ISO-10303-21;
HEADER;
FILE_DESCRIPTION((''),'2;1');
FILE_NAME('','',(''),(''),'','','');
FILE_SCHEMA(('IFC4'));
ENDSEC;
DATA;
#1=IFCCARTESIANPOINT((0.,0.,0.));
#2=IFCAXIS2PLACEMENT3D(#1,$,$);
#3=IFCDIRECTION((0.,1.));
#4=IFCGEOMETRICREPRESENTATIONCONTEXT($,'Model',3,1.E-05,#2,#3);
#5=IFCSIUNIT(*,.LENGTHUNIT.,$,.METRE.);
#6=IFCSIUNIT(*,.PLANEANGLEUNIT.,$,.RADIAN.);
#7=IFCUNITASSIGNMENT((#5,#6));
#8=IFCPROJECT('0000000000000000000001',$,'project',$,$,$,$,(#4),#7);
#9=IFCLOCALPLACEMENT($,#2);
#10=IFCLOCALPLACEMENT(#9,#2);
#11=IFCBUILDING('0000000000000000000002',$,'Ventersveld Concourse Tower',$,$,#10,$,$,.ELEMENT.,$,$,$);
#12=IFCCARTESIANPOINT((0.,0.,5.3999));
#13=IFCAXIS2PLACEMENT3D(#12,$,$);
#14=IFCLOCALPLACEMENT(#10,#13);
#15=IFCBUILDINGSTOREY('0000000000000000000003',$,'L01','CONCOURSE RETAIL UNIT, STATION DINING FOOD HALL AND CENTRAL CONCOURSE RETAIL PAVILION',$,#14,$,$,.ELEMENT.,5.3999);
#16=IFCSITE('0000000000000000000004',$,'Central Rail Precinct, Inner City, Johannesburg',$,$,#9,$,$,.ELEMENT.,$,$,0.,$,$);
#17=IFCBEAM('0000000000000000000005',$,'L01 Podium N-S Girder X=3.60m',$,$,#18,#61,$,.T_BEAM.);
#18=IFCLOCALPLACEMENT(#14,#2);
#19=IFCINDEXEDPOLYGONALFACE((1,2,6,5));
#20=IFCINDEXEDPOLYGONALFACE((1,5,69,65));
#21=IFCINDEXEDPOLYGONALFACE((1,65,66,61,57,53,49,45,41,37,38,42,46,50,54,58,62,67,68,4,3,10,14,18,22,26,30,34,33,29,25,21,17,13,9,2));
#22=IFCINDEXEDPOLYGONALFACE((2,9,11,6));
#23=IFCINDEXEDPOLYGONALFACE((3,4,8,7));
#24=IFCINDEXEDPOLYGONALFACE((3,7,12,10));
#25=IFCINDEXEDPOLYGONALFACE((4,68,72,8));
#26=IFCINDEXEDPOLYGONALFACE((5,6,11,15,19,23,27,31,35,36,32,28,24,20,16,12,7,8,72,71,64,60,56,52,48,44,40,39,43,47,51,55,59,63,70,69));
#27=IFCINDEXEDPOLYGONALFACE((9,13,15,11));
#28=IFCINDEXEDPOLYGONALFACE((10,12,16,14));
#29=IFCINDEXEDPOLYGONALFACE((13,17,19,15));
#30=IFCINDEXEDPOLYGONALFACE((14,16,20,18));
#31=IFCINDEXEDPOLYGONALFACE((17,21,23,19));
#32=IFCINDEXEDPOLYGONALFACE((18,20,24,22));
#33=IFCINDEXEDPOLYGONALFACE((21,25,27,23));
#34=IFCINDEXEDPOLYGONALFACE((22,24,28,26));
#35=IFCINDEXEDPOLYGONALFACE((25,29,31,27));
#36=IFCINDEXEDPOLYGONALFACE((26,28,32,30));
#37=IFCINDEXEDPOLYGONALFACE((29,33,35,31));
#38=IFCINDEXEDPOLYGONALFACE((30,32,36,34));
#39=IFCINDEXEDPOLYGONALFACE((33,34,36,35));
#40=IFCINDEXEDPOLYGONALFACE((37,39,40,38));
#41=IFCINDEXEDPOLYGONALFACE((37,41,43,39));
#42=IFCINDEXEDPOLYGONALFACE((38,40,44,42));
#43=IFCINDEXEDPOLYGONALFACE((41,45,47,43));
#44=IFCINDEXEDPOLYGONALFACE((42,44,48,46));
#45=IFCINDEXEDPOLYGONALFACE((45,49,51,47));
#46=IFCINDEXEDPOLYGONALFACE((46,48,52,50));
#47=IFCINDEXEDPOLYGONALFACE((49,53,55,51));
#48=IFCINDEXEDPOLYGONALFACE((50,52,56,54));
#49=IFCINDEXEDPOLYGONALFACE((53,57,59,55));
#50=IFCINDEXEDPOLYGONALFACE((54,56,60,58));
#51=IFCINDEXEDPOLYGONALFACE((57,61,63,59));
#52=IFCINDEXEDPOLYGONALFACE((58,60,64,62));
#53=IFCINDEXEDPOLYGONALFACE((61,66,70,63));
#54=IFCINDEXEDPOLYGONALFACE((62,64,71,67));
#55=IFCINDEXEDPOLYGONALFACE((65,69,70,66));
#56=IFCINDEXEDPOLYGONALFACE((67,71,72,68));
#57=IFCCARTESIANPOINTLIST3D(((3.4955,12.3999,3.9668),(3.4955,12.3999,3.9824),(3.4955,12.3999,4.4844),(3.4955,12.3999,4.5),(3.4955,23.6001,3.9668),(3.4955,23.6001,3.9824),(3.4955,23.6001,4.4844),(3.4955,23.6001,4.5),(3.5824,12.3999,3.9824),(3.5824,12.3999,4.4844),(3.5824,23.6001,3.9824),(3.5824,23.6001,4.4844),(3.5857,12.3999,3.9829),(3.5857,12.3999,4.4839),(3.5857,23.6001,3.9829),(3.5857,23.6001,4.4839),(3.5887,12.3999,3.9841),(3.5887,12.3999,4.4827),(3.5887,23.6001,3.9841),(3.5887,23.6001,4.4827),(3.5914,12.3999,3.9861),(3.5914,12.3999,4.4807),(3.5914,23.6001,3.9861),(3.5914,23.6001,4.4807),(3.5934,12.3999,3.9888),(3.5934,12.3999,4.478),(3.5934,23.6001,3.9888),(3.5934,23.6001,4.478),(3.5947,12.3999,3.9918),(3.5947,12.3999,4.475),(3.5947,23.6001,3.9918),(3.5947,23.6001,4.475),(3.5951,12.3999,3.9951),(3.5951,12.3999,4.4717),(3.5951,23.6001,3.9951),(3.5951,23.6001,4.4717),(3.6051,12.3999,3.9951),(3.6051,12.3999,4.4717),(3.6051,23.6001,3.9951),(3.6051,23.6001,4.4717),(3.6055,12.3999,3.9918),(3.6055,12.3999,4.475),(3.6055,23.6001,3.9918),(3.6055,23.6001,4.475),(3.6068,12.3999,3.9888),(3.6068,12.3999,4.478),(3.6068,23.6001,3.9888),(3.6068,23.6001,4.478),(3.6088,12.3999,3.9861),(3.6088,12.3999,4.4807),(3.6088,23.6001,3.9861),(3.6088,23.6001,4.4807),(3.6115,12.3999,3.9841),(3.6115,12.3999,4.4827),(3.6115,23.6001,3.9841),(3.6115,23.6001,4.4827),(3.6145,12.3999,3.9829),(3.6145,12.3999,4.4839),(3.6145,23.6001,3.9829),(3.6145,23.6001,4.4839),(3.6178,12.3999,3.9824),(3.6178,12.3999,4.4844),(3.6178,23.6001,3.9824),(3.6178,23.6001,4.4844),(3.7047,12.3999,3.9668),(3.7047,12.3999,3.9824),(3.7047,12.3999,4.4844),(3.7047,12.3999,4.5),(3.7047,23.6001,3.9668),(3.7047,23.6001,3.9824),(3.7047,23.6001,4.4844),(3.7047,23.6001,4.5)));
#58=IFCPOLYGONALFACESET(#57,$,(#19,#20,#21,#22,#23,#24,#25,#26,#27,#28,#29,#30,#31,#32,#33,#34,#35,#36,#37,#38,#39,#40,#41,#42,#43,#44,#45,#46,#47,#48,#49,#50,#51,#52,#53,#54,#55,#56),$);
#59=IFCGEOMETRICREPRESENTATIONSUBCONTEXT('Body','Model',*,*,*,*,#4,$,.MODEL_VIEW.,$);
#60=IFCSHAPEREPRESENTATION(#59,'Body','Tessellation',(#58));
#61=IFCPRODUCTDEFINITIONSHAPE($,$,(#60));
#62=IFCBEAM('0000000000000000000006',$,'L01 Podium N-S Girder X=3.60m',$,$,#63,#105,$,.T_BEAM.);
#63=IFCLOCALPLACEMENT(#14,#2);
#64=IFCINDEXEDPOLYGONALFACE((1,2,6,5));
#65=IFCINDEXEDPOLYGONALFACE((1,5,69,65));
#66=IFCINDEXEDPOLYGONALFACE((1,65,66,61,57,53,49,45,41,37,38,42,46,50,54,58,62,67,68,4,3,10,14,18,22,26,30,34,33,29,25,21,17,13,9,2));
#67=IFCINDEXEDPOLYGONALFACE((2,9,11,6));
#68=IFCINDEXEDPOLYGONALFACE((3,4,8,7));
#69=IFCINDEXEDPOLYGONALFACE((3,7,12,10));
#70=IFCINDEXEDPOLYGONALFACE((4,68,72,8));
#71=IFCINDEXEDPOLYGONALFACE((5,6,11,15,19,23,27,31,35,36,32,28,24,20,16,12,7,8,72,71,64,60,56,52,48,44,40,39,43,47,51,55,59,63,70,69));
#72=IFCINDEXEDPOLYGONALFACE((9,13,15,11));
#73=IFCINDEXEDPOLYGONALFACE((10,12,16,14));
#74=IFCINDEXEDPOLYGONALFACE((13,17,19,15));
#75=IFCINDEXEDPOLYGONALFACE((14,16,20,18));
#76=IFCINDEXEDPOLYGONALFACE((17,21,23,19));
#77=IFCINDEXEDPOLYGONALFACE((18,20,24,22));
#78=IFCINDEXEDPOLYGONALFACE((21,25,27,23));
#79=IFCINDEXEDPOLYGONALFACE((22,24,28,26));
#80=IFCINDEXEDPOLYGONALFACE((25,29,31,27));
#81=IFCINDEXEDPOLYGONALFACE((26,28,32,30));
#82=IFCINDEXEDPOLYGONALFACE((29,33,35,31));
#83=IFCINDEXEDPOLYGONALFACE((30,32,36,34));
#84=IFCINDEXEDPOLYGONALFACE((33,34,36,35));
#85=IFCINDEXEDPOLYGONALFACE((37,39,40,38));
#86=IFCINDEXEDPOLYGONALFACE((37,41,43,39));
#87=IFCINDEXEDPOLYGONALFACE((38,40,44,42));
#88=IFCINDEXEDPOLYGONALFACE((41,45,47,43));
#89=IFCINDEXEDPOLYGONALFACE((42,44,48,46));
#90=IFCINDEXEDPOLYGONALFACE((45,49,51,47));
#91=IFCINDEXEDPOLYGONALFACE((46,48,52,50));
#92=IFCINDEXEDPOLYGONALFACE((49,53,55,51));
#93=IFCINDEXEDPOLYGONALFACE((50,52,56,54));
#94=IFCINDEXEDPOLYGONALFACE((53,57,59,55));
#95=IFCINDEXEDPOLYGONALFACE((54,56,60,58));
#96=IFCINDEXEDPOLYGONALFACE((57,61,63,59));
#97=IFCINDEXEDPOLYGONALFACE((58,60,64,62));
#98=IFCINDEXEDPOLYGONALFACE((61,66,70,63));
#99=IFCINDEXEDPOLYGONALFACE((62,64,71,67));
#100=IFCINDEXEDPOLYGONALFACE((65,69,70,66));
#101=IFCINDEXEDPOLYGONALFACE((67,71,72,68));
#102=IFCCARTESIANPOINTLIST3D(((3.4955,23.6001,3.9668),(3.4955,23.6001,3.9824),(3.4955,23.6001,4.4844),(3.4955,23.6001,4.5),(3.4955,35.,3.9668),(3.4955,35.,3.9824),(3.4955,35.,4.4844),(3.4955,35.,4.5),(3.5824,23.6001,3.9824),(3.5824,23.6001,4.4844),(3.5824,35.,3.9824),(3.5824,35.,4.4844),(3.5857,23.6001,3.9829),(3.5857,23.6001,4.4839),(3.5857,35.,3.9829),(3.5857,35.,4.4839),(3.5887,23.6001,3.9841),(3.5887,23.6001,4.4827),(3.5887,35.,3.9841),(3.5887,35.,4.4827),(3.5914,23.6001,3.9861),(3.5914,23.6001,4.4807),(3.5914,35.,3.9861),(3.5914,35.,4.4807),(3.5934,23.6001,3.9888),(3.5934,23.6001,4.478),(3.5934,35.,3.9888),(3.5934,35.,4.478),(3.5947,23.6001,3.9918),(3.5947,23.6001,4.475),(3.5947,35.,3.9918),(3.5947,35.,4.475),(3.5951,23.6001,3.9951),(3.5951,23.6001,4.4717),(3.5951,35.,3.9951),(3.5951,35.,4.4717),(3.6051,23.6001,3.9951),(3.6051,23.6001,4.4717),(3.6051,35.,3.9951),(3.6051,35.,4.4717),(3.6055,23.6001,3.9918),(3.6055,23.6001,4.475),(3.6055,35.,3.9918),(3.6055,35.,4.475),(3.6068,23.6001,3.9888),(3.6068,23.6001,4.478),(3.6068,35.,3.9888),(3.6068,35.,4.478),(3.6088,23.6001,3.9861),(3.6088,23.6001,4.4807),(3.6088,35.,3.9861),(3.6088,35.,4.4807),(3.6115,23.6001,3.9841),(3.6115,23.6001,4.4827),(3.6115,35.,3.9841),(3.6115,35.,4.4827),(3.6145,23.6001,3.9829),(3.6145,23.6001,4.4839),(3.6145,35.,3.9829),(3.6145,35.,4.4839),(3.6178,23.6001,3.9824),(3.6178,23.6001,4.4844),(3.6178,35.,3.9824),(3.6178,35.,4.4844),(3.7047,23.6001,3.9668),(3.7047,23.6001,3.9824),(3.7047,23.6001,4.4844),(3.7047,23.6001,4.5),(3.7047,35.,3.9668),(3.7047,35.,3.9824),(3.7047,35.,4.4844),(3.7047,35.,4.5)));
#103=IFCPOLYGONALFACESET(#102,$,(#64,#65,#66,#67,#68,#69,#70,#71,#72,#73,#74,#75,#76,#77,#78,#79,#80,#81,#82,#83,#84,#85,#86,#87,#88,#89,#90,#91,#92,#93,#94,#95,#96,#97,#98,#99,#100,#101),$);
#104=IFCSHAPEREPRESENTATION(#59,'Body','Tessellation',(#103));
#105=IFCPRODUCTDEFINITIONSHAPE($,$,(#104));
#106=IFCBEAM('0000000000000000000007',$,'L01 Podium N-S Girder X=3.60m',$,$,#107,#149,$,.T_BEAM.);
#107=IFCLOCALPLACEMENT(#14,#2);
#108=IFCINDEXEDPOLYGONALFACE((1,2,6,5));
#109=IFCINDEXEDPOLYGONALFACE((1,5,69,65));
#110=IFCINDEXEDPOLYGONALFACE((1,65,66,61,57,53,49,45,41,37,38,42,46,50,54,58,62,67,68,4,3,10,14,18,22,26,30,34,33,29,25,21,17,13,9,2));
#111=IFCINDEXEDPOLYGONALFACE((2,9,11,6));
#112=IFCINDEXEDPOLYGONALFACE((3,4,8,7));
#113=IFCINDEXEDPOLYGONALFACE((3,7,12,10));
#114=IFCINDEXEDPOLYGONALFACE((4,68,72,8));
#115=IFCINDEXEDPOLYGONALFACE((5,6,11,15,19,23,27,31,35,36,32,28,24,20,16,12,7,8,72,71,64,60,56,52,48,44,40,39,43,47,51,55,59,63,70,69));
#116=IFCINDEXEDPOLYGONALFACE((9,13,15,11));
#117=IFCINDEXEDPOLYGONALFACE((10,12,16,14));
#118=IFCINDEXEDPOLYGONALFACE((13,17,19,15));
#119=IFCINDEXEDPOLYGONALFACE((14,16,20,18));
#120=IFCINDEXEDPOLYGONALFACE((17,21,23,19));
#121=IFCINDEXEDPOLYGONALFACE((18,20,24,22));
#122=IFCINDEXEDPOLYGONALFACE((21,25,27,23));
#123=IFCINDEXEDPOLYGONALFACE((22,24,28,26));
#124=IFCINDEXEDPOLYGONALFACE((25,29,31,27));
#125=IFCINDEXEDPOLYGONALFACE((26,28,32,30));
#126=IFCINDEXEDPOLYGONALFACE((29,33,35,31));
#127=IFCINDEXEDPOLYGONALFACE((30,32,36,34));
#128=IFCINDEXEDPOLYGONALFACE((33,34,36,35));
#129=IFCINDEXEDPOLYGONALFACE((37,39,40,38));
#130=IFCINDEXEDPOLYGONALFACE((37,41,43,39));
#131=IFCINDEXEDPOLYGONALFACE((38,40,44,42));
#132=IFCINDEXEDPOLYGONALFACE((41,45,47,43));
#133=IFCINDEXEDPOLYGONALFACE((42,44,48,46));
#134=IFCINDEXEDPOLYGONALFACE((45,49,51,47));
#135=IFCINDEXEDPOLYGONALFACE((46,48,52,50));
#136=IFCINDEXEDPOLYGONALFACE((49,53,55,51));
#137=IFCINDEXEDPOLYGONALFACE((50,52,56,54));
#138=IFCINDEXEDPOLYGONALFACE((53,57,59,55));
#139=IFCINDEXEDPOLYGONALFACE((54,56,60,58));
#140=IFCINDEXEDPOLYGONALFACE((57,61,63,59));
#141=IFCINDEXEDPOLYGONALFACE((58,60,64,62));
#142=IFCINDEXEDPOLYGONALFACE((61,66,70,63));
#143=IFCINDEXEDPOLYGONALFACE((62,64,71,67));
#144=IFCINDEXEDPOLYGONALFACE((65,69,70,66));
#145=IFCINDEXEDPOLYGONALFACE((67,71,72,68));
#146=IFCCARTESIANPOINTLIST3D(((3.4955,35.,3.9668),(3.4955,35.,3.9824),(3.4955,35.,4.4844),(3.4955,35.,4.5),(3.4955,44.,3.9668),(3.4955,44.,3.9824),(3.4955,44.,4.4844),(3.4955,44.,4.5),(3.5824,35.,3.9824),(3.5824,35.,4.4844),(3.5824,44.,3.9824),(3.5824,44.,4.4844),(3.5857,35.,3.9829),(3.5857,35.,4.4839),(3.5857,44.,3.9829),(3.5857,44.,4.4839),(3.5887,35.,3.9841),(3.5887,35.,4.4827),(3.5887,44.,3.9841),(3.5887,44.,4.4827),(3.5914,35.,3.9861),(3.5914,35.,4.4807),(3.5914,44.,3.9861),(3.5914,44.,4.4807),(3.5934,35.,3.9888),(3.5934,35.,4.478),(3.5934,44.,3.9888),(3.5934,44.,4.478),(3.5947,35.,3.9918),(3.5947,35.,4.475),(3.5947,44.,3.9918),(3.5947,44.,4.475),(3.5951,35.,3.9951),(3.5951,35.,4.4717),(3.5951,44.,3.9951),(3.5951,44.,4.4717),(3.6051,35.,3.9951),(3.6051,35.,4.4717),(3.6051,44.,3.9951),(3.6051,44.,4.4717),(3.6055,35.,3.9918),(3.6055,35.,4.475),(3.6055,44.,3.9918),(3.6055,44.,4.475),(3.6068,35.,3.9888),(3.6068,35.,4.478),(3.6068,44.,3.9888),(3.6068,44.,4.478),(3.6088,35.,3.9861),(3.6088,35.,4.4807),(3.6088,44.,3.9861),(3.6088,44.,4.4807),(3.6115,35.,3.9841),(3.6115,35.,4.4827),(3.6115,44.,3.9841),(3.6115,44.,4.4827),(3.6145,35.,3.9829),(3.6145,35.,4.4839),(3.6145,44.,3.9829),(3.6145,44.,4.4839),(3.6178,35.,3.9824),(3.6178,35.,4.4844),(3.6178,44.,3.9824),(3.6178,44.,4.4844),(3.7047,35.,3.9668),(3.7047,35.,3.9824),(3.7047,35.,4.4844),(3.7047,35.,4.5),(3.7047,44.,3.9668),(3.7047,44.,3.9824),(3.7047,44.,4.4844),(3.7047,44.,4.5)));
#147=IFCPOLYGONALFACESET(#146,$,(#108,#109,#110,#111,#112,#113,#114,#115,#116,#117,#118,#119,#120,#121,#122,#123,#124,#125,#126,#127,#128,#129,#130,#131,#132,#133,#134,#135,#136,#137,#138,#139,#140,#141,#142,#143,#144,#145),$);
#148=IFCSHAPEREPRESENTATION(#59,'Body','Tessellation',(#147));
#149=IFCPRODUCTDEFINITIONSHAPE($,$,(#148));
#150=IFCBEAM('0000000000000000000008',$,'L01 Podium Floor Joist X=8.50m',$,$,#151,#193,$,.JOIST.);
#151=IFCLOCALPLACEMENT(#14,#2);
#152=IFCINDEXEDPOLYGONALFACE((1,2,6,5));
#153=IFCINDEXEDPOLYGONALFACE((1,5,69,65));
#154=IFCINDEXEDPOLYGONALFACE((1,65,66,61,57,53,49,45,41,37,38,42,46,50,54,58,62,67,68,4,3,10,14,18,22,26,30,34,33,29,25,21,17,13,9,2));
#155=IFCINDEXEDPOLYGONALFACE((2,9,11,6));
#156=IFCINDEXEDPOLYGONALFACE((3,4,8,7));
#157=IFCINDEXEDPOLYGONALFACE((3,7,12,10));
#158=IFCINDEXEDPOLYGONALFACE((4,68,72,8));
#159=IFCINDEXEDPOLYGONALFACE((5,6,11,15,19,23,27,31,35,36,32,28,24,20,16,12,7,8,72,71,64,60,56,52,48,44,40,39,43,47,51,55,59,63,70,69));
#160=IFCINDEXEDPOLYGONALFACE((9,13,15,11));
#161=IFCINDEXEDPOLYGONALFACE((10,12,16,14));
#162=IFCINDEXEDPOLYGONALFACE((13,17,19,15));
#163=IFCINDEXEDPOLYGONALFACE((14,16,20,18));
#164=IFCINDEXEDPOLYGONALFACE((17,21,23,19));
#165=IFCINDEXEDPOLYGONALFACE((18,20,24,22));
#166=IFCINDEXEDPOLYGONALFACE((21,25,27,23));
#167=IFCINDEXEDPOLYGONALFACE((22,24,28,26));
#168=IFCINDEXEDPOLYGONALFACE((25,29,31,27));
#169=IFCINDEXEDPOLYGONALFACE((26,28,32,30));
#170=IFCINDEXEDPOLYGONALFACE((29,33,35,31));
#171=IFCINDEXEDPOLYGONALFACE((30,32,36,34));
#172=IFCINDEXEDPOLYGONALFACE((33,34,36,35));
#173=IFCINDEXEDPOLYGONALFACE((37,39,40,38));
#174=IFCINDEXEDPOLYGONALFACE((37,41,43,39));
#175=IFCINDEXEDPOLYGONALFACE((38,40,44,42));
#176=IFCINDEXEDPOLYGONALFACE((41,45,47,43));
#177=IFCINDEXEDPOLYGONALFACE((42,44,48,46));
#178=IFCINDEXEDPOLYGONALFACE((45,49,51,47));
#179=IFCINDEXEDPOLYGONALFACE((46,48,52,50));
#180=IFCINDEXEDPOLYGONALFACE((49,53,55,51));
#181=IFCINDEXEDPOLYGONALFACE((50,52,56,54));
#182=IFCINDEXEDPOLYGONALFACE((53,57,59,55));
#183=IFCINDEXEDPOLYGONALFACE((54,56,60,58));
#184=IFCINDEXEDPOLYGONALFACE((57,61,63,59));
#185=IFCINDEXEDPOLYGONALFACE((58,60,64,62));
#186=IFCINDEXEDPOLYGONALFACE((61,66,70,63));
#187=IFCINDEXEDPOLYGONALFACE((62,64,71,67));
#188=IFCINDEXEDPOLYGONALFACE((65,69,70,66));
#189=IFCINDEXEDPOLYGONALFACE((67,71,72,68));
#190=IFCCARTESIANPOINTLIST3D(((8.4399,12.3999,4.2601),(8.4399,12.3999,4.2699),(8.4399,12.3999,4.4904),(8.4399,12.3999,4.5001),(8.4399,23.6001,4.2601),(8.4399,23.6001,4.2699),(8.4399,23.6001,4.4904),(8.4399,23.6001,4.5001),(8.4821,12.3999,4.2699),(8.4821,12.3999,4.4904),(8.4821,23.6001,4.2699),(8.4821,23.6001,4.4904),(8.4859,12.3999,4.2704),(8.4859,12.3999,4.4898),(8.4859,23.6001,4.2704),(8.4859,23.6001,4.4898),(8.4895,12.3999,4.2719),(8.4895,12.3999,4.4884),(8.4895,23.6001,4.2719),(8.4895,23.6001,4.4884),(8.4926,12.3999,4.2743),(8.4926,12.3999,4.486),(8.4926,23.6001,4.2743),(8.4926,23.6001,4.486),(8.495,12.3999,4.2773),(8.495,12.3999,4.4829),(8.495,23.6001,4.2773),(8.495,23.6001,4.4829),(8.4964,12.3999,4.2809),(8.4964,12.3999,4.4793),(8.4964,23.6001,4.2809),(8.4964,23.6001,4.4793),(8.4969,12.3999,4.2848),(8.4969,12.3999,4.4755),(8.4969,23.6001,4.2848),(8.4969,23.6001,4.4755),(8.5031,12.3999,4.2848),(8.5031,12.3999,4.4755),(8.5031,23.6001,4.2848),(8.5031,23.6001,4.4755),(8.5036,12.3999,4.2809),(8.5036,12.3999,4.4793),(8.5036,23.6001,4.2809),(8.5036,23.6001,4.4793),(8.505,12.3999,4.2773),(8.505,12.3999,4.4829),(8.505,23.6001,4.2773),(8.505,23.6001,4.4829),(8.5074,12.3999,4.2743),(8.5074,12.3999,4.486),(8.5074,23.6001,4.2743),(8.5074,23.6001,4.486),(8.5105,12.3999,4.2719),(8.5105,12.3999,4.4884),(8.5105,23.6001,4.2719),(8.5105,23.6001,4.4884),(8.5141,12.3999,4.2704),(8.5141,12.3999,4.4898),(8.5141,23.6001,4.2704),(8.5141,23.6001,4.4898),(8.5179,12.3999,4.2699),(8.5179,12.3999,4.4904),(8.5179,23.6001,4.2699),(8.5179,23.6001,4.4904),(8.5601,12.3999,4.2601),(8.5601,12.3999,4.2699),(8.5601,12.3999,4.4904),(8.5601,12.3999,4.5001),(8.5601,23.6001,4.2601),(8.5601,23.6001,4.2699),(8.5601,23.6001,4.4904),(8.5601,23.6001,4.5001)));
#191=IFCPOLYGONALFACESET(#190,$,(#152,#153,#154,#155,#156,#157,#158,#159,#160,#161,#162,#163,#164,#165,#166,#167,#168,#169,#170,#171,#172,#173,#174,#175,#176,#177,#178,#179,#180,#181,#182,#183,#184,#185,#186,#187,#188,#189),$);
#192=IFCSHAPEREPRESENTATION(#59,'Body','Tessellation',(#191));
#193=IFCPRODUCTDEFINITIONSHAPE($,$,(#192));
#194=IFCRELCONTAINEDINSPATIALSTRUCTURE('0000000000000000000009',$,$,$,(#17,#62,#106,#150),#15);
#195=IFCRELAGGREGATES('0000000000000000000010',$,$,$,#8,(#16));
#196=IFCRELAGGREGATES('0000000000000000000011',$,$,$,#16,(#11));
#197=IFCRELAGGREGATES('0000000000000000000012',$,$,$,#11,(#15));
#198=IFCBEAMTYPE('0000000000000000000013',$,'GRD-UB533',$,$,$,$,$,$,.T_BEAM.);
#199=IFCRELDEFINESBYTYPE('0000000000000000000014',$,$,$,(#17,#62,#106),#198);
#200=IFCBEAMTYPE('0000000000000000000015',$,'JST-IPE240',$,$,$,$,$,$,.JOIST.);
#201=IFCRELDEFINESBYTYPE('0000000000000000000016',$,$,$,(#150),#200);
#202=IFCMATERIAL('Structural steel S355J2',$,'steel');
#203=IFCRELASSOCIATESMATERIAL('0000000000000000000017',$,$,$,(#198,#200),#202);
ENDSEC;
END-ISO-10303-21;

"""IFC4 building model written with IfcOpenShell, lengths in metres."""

from ifc_helpers import new_model, si_unit, direction, frame, origin, origin_2d, place, context, subcontext, project, spatial, i_section, extrude, material, material_profile, profile_set, type_object, element, save


model = new_model("IFC4")

# Units and contexts
model_context = context("Model", 3, precision=1e-05, world=origin(), true_north=direction((0.0, 1.0)))
body_context = subcontext(model_context, "Body", "Model", "MODEL_VIEW")
ifc_project = project(units=[si_unit("LENGTHUNIT", "METRE"), si_unit("PLANEANGLEUNIT", "RADIAN")], contexts=[model_context])

# Site, building, storey
site_placement = place(None, origin())
site = spatial("IfcSite", under=ifc_project, at=site_placement, Name="Central Rail Precinct, Inner City, Johannesburg", CompositionType="ELEMENT", RefElevation=0.0)
building_placement = place(site_placement, origin())
building = spatial("IfcBuilding", under=site, at=building_placement, Name="Ventersveld Concourse Tower", CompositionType="ELEMENT")
storey_placement = place(building_placement, frame((0.0, 0.0, 5.3999)))
storey = spatial("IfcBuildingStorey", under=building, at=storey_placement, Name="L01", Description="CONCOURSE RETAIL UNIT, STATION DINING FOOD HALL AND CENTRAL CONCOURSE RETAIL PAVILION", CompositionType="ELEMENT", Elevation=5.3999)

# Beams
ifc_material_1 = material(Name="Structural steel S355J2", Category="steel")
ifc_material_profile_1 = material_profile(ifc_material_1, i_section(OverallWidth=0.2092, OverallDepth=0.5332, WebThickness=0.01, FlangeThickness=0.0156, FilletRadius=0.0127, at=origin_2d()), Name="UB 533x210x92")
ifc_profile_set_1 = profile_set([ifc_material_profile_1], Name="Structural steel S355J2")
beam_type_1 = type_object("IfcBeamType", Name="GRD-UB533", PredefinedType="T_BEAM", material=ifc_profile_set_1)
beam_1_placement = place(storey_placement, frame((3.6001, 12.3999, 4.2334), z_axis=(0.0, 1.0, 0.0), x_axis=(-1.0, 0.0, 0.0)))
element("IfcBeam", 1, at=beam_1_placement, inside=storey, type_object=beam_type_1, Name="L01 Podium N-S Girder X=3.60m", PredefinedType="T_BEAM", context=body_context, shape_type="SweptSolid", body=[
    extrude(i_section(OverallWidth=0.2092, OverallDepth=0.5332, WebThickness=0.01, FlangeThickness=0.0156, FilletRadius=0.0127, at=origin_2d()), origin(), (0.0, 0.0, 1.0), 11.2002),
])
beam_2_placement = place(storey_placement, frame((3.6001, 23.6001, 4.2334), z_axis=(0.0, 1.0, 0.0), x_axis=(-1.0, 0.0, 0.0)))
element("IfcBeam", 2, at=beam_2_placement, inside=storey, type_object=beam_type_1, Name="L01 Podium N-S Girder X=3.60m", PredefinedType="T_BEAM", context=body_context, shape_type="SweptSolid", body=[
    extrude(i_section(OverallWidth=0.2092, OverallDepth=0.5332, WebThickness=0.01, FlangeThickness=0.0156, FilletRadius=0.0127, at=origin_2d()), origin(), (0.0, 0.0, 1.0), 11.3999),
])
beam_3_placement = place(storey_placement, frame((3.6001, 35.0, 4.2334), z_axis=(0.0, 1.0, 0.0), x_axis=(-1.0, 0.0, 0.0)))
element("IfcBeam", 3, at=beam_3_placement, inside=storey, type_object=beam_type_1, Name="L01 Podium N-S Girder X=3.60m", PredefinedType="T_BEAM", context=body_context, shape_type="SweptSolid", body=[
    extrude(i_section(OverallWidth=0.2092, OverallDepth=0.5332, WebThickness=0.01, FlangeThickness=0.0156, FilletRadius=0.0127, at=origin_2d()), origin(), (0.0, 0.0, 1.0), 9.0),
])
ifc_material_profile_2 = material_profile(ifc_material_1, i_section(OverallWidth=0.1201, OverallDepth=0.24, WebThickness=0.0061, FlangeThickness=0.0098, FilletRadius=0.0149, at=origin_2d()), Name="IPE 240")
ifc_profile_set_2 = profile_set([ifc_material_profile_2], Name="Structural steel S355J2")
beam_type_2 = type_object("IfcBeamType", Name="JST-IPE240", PredefinedType="JOIST", material=ifc_profile_set_2)
beam_4_placement = place(storey_placement, frame((8.5, 12.3999, 4.3801), z_axis=(0.0, 1.0, 0.0), x_axis=(-1.0, 0.0, 0.0)))
element("IfcBeam", 4, at=beam_4_placement, inside=storey, type_object=beam_type_2, Name="L01 Podium Floor Joist X=8.50m", PredefinedType="JOIST", context=body_context, shape_type="SweptSolid", body=[
    extrude(i_section(OverallWidth=0.1201, OverallDepth=0.24, WebThickness=0.0061, FlangeThickness=0.0098, FilletRadius=0.0149, at=origin_2d()), origin(), (0.0, 0.0, 1.0), 11.2002),
])

save(model, "model.ifc")
